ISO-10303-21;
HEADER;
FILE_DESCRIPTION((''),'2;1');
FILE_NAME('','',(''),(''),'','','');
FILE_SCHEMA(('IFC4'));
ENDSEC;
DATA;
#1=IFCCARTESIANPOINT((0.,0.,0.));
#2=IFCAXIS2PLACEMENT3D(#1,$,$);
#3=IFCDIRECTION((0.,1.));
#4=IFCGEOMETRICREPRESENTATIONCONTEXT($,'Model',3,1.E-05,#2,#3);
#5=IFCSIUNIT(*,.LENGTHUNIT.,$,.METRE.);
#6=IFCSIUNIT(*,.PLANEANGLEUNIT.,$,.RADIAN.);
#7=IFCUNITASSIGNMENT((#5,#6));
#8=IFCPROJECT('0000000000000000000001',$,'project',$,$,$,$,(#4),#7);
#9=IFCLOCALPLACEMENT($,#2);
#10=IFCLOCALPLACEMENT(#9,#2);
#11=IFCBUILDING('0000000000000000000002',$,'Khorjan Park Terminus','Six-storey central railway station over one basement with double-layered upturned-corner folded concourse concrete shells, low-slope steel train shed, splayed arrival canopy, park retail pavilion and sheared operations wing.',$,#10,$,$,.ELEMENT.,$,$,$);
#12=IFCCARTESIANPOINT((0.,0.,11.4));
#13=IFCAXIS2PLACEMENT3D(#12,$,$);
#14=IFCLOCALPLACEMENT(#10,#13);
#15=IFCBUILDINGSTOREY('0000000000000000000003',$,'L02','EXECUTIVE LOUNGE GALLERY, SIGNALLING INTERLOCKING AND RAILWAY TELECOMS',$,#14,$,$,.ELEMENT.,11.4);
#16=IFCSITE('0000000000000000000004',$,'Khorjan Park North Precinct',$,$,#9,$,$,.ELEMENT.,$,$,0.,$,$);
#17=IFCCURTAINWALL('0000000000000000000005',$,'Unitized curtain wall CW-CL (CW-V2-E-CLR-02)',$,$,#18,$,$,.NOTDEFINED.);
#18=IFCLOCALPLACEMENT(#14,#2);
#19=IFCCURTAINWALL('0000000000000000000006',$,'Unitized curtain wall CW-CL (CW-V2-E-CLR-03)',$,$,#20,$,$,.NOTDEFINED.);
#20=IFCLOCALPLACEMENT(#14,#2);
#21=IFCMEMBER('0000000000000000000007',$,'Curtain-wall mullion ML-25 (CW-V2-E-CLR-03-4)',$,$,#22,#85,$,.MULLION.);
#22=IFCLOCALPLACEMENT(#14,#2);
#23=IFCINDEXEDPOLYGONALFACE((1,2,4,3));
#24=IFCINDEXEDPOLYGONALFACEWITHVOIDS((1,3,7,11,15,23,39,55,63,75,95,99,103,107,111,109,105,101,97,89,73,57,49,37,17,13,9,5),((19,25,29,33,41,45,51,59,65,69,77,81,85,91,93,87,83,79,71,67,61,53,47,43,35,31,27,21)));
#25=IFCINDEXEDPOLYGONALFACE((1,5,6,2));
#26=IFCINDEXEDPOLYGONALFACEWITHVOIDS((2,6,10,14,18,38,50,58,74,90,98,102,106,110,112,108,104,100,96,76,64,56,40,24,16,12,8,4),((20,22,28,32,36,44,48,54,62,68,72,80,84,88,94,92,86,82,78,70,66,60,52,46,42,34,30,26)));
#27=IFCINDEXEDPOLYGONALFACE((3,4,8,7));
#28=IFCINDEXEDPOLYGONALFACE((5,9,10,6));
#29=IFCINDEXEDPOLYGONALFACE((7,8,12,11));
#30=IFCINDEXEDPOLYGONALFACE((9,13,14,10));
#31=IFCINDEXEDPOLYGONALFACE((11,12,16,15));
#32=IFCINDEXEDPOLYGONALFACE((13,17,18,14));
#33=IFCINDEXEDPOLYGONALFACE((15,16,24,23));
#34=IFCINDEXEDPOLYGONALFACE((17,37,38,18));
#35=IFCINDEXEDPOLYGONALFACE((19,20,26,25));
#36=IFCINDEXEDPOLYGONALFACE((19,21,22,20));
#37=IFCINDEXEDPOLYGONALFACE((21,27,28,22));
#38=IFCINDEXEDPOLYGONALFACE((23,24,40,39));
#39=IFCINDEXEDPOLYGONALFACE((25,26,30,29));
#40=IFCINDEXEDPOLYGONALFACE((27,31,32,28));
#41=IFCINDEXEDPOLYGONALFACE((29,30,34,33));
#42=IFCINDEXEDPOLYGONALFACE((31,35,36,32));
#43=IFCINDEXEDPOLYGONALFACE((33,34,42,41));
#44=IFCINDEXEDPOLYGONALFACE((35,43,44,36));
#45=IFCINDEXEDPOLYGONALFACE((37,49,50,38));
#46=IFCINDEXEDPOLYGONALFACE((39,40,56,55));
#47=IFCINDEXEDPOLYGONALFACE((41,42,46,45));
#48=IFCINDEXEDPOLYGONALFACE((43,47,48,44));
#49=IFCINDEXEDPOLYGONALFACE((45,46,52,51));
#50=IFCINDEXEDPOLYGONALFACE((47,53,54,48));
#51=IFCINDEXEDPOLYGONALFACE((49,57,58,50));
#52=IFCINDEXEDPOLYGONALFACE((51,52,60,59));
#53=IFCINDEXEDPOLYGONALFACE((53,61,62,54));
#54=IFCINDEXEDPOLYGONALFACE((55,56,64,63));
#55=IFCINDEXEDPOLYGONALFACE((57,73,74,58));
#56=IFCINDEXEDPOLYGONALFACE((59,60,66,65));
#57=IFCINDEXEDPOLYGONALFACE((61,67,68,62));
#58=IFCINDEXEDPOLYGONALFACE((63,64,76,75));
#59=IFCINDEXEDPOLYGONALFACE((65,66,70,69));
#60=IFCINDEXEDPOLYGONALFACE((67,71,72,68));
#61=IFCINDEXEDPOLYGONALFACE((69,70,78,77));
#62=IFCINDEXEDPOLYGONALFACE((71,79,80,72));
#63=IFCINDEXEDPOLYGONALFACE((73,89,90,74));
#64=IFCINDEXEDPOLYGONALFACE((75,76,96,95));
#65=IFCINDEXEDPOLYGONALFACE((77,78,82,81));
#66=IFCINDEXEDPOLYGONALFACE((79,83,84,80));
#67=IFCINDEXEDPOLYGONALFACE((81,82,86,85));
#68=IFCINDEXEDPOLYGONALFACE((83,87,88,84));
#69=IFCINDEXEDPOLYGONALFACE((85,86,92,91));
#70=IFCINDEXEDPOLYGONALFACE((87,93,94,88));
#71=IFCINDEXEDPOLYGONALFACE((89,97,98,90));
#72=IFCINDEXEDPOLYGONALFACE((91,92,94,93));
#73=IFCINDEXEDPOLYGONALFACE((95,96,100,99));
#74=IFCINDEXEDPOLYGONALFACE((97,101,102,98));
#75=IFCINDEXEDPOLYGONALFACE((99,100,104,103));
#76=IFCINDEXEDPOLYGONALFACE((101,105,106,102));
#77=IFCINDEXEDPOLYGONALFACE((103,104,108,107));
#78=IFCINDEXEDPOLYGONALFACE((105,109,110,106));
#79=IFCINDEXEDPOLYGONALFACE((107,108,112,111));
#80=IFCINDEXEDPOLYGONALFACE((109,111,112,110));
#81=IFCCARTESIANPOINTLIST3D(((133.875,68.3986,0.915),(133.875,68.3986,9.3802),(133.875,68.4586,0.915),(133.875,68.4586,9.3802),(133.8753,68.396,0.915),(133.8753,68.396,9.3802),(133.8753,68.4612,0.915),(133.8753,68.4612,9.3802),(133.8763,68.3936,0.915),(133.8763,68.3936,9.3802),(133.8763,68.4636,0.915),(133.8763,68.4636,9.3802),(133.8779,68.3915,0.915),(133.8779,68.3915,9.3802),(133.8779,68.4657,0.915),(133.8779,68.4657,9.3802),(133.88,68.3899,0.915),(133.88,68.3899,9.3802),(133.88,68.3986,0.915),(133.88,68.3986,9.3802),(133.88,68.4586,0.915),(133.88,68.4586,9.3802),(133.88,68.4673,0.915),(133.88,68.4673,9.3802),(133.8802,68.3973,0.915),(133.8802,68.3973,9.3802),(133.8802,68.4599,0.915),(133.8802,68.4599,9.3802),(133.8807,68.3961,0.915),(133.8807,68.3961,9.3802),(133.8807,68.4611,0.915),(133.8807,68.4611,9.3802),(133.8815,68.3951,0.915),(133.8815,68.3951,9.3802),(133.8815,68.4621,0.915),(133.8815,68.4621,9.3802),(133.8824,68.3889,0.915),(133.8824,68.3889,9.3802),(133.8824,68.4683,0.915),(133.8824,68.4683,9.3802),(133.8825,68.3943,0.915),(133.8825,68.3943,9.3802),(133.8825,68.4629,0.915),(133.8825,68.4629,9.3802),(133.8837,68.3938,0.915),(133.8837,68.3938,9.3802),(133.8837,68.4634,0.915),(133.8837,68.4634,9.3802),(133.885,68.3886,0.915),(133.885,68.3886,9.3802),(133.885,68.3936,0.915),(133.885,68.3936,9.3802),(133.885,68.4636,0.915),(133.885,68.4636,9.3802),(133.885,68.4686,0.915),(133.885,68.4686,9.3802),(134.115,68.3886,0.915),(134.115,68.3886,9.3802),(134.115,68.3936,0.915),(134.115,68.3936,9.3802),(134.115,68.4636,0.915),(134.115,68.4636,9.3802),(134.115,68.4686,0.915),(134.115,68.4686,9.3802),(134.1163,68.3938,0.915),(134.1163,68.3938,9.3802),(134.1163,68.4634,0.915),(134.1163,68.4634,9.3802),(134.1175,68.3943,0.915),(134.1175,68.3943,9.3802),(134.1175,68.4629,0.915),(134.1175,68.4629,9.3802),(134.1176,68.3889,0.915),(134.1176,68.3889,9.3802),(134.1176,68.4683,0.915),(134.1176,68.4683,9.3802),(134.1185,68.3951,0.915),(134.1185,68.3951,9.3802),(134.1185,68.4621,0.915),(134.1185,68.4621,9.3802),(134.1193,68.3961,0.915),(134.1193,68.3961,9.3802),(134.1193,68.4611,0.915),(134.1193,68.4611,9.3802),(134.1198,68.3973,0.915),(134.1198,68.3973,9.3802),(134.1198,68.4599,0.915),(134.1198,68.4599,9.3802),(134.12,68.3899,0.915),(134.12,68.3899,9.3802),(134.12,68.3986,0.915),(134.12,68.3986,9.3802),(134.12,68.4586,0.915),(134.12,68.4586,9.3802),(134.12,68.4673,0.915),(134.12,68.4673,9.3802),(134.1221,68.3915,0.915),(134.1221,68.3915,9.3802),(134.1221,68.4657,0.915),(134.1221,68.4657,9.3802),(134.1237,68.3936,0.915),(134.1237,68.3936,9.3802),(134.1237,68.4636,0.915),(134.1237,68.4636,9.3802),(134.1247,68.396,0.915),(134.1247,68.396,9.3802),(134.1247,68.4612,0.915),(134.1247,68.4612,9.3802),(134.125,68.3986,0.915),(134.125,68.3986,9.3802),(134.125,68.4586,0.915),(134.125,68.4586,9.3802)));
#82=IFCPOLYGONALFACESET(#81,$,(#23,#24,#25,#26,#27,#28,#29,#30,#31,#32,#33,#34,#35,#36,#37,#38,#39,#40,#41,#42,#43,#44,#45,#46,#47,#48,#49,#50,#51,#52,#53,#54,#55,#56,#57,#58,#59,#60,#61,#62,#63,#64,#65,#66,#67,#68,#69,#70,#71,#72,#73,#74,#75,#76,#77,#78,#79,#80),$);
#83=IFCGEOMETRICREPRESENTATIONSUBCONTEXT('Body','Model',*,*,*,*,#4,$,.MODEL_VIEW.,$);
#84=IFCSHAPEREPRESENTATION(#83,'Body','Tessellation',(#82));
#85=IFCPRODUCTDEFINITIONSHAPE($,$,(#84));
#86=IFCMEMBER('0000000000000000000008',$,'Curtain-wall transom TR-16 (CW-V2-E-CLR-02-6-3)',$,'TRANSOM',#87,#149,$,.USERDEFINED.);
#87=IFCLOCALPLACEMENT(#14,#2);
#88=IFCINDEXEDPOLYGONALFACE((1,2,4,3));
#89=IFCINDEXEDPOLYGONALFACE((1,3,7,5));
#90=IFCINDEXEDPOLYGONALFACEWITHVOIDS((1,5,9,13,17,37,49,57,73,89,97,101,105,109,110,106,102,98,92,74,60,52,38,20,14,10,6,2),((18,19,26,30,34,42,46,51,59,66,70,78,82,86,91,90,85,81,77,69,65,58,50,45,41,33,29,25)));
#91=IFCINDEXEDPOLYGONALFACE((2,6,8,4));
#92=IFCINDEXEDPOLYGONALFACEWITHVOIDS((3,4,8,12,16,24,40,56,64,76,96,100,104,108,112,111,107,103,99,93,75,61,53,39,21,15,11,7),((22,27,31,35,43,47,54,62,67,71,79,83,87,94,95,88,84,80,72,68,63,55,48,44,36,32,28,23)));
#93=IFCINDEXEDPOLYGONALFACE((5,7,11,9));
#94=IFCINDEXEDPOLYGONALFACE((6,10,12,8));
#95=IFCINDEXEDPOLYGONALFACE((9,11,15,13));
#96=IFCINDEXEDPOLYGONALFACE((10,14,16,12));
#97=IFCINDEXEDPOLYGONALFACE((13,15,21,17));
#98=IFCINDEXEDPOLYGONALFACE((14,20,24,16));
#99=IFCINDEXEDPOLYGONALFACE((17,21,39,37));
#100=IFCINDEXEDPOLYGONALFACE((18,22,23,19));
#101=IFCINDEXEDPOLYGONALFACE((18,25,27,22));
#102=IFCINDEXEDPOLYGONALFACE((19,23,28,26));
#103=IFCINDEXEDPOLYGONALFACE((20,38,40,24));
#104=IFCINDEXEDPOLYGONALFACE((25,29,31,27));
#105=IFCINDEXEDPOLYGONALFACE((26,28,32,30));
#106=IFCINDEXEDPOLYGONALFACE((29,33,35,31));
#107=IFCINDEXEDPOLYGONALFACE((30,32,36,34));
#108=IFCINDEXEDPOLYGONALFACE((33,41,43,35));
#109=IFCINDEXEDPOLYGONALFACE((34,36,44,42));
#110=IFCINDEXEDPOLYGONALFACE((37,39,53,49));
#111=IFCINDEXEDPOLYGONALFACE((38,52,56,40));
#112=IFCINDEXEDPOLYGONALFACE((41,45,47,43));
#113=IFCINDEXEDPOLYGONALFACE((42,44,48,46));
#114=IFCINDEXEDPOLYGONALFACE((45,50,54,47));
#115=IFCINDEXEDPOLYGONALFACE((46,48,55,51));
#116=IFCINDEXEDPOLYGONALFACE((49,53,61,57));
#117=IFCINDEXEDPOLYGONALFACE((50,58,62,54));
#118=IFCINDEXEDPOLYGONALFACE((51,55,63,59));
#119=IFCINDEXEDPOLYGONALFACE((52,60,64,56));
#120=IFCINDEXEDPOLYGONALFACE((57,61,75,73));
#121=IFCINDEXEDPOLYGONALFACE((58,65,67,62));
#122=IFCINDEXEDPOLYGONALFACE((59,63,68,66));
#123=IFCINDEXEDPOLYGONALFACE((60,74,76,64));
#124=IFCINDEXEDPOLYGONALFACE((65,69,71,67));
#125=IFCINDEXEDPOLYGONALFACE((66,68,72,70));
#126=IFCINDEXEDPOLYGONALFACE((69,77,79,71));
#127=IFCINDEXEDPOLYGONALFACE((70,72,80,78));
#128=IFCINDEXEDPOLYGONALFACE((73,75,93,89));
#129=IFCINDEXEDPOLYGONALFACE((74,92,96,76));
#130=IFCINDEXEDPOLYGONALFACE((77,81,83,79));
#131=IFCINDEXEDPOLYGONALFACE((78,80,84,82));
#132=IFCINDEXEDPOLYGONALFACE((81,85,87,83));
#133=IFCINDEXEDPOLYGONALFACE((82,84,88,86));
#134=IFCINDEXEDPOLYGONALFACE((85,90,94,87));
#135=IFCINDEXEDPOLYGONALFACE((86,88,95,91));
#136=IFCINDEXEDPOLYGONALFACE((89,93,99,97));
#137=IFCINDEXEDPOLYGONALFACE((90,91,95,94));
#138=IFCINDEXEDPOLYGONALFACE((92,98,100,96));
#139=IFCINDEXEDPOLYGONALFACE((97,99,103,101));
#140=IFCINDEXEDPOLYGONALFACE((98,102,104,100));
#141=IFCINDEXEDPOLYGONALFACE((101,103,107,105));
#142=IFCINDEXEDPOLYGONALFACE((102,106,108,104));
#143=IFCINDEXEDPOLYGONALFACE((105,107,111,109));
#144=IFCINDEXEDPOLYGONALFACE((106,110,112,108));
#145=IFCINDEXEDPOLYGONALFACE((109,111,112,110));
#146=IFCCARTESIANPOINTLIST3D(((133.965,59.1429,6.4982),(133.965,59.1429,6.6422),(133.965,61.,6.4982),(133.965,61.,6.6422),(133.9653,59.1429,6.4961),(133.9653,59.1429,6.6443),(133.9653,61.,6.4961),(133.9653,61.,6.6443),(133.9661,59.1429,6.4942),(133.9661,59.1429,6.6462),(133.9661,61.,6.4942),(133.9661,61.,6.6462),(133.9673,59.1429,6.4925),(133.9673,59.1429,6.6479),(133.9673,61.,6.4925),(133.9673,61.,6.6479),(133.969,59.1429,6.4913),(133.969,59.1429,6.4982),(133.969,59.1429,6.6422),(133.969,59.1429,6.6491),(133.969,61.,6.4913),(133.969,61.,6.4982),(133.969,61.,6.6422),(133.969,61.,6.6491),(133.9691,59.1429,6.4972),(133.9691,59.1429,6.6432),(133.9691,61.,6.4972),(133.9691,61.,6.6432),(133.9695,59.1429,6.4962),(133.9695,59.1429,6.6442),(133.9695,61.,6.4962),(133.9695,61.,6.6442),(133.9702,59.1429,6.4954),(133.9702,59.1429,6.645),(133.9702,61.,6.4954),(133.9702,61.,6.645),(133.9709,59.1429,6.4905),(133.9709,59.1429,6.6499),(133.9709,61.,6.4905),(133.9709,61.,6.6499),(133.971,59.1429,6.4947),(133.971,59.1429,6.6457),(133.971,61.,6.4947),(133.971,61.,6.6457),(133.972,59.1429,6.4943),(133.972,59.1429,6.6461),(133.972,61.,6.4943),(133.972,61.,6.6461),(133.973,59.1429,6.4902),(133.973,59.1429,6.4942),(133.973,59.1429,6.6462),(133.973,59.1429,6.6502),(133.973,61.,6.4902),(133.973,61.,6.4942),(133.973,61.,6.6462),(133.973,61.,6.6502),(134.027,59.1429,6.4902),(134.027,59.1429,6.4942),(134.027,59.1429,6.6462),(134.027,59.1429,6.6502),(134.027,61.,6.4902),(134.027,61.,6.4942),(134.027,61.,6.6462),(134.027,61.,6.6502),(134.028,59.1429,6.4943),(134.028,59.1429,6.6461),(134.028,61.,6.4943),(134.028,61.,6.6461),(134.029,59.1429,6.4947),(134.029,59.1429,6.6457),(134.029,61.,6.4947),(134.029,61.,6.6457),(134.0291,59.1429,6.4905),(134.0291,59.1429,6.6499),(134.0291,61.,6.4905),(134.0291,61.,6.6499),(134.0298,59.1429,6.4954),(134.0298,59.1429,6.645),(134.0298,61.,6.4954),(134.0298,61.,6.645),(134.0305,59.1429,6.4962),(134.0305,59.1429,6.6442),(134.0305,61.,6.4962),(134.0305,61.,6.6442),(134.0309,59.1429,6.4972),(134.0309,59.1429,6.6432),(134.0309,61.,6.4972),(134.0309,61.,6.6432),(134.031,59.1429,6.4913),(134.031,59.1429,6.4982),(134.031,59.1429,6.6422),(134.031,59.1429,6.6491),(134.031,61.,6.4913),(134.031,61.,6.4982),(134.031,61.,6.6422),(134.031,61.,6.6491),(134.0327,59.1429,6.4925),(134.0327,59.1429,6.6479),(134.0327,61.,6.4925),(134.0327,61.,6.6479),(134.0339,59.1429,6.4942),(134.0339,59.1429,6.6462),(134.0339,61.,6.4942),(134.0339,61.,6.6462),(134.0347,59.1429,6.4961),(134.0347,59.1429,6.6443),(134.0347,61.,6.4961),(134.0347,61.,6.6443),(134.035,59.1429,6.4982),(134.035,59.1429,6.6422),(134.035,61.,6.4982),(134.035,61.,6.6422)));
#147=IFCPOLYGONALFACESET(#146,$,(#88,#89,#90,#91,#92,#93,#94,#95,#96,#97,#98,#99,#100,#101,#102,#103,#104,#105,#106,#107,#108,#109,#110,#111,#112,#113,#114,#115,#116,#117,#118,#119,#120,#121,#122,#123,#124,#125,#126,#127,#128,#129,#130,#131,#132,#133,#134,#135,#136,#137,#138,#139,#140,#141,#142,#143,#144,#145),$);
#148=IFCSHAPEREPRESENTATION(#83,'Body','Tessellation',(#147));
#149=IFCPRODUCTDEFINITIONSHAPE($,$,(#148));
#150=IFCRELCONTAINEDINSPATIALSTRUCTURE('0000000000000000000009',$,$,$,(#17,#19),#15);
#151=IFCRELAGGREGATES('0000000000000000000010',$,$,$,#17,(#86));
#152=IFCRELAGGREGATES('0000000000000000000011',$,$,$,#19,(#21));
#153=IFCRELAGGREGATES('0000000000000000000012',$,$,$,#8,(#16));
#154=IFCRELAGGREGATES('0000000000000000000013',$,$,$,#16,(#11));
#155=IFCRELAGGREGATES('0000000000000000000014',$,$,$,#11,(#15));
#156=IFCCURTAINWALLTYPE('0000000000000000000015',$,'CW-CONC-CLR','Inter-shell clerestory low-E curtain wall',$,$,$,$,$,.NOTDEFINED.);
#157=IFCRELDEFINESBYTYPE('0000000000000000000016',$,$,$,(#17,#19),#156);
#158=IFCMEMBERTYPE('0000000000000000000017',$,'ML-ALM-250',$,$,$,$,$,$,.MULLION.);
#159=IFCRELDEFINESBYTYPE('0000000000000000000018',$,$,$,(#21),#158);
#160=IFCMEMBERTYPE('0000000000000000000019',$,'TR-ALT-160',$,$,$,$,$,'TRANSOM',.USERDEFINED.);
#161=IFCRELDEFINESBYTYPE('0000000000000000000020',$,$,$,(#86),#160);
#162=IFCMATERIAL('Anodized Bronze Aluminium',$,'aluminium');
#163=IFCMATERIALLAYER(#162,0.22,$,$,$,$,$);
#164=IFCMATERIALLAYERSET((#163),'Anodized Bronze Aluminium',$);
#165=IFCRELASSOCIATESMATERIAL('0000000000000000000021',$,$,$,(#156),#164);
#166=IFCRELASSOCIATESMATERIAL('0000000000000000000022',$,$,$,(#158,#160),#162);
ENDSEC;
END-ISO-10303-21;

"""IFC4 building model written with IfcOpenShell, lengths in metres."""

from ifc_helpers import new_model, si_unit, direction, frame, origin, origin_2d, place, context, subcontext, project, spatial, hollow_rectangle, extrude, material, layer, layer_set, material_profile, profile_set, type_object, element, aggregate, save


model = new_model("IFC4")

# Units and contexts
model_context = context("Model", 3, precision=1e-05, world=origin(), true_north=direction((0.0, 1.0)))
body_context = subcontext(model_context, "Body", "Model", "MODEL_VIEW")
ifc_project = project(units=[si_unit("LENGTHUNIT", "METRE"), si_unit("PLANEANGLEUNIT", "RADIAN")], contexts=[model_context])

# Site, building, storey
site_placement = place(None, origin())
site = spatial("IfcSite", under=ifc_project, at=site_placement, Name="Khorjan Park North Precinct", CompositionType="ELEMENT", RefElevation=0.0)
building_placement = place(site_placement, origin())
building = spatial("IfcBuilding", under=site, at=building_placement, Name="Khorjan Park Terminus", Description="Six-storey central railway station over one basement with double-layered upturned-corner folded concourse concrete shells, low-slope steel train shed, splayed arrival canopy, park retail pavilion and sheared operations wing.", CompositionType="ELEMENT")
storey_placement = place(building_placement, frame((0.0, 0.0, 11.4)))
storey = spatial("IfcBuildingStorey", under=building, at=storey_placement, Name="L02", Description="EXECUTIVE LOUNGE GALLERY, SIGNALLING INTERLOCKING AND RAILWAY TELECOMS", CompositionType="ELEMENT", Elevation=11.4)

# Curtain wall
ifc_material_1 = material(Name="Anodized Bronze Aluminium", Category="aluminium")
ifc_layer_1 = layer(ifc_material_1, 0.22)
ifc_layer_set_1 = layer_set([ifc_layer_1], Name="Anodized Bronze Aluminium")
curtain_wall_type = type_object("IfcCurtainWallType", Name="CW-CONC-CLR", Description="Inter-shell clerestory low-E curtain wall", PredefinedType="NOTDEFINED", material=ifc_layer_set_1)
curtain_wall_1_placement = place(storey_placement, origin())
curtain_wall_1 = element("IfcCurtainWall", 1, at=curtain_wall_1_placement, inside=storey, type_object=curtain_wall_type, Name="Unitized curtain wall CW-CL (CW-V2-E-CLR-02)", PredefinedType="NOTDEFINED")
ifc_material_profile_1 = material_profile(ifc_material_1, hollow_rectangle(XDim=0.08, YDim=0.25, WallThickness=0.005, InnerFilletRadius=0.005, OuterFilletRadius=0.01, at=origin_2d()), Name="ALM 80x250x5")
ifc_profile_set_1 = profile_set([ifc_material_profile_1], Name="Anodized Bronze Aluminium")
member_type_1 = type_object("IfcMemberType", Name="ML-ALM-250", PredefinedType="MULLION", material=ifc_profile_set_1)

# Curtain wall, member
curtain_wall_2_placement = place(storey_placement, origin())
curtain_wall_2 = element("IfcCurtainWall", 2, at=curtain_wall_2_placement, inside=storey, type_object=curtain_wall_type, Name="Unitized curtain wall CW-CL (CW-V2-E-CLR-03)", PredefinedType="NOTDEFINED")
member_1_placement = place(storey_placement, frame((134.0, 68.4286, 0.915), z_axis=(0.0, 0.0, 1.0), x_axis=(0.0, 1.0, 0.0)))
member_1 = element("IfcMember", 3, at=member_1_placement, type_object=member_type_1, Name="Curtain-wall mullion ML-25 (CW-V2-E-CLR-03-4)", PredefinedType="MULLION", context=body_context, shape_type="SweptSolid", body=[
    extrude(hollow_rectangle(XDim=0.08, YDim=0.25, WallThickness=0.005, InnerFilletRadius=0.005, OuterFilletRadius=0.01, at=origin_2d()), origin(), (0.0, 0.0, 1.0), 8.4652),
])

# Member
ifc_material_profile_2 = material_profile(ifc_material_1, hollow_rectangle(XDim=0.07, YDim=0.16, WallThickness=0.004, InnerFilletRadius=0.004, OuterFilletRadius=0.008, at=origin_2d()), Name="ALT 70x160x4")
ifc_profile_set_2 = profile_set([ifc_material_profile_2], Name="Anodized Bronze Aluminium")
member_type_2 = type_object("IfcMemberType", Name="TR-ALT-160", ElementType="TRANSOM", PredefinedType="USERDEFINED", material=ifc_profile_set_2)
member_2_placement = place(storey_placement, frame((134.0, 59.1429, 6.5702), z_axis=(0.0, 1.0, 0.0), x_axis=(-1.0, 0.0, 0.0)))
member_2 = element("IfcMember", 4, at=member_2_placement, type_object=member_type_2, Name="Curtain-wall transom TR-16 (CW-V2-E-CLR-02-6-3)", ObjectType="TRANSOM", PredefinedType="USERDEFINED", context=body_context, shape_type="SweptSolid", body=[
    extrude(hollow_rectangle(XDim=0.07, YDim=0.16, WallThickness=0.004, InnerFilletRadius=0.004, OuterFilletRadius=0.008, at=origin_2d()), origin(), (0.0, 0.0, 1.0), 1.8571),
])

aggregate(curtain_wall_1, [member_2])
aggregate(curtain_wall_2, [member_1])

save(model, "model.ifc")
